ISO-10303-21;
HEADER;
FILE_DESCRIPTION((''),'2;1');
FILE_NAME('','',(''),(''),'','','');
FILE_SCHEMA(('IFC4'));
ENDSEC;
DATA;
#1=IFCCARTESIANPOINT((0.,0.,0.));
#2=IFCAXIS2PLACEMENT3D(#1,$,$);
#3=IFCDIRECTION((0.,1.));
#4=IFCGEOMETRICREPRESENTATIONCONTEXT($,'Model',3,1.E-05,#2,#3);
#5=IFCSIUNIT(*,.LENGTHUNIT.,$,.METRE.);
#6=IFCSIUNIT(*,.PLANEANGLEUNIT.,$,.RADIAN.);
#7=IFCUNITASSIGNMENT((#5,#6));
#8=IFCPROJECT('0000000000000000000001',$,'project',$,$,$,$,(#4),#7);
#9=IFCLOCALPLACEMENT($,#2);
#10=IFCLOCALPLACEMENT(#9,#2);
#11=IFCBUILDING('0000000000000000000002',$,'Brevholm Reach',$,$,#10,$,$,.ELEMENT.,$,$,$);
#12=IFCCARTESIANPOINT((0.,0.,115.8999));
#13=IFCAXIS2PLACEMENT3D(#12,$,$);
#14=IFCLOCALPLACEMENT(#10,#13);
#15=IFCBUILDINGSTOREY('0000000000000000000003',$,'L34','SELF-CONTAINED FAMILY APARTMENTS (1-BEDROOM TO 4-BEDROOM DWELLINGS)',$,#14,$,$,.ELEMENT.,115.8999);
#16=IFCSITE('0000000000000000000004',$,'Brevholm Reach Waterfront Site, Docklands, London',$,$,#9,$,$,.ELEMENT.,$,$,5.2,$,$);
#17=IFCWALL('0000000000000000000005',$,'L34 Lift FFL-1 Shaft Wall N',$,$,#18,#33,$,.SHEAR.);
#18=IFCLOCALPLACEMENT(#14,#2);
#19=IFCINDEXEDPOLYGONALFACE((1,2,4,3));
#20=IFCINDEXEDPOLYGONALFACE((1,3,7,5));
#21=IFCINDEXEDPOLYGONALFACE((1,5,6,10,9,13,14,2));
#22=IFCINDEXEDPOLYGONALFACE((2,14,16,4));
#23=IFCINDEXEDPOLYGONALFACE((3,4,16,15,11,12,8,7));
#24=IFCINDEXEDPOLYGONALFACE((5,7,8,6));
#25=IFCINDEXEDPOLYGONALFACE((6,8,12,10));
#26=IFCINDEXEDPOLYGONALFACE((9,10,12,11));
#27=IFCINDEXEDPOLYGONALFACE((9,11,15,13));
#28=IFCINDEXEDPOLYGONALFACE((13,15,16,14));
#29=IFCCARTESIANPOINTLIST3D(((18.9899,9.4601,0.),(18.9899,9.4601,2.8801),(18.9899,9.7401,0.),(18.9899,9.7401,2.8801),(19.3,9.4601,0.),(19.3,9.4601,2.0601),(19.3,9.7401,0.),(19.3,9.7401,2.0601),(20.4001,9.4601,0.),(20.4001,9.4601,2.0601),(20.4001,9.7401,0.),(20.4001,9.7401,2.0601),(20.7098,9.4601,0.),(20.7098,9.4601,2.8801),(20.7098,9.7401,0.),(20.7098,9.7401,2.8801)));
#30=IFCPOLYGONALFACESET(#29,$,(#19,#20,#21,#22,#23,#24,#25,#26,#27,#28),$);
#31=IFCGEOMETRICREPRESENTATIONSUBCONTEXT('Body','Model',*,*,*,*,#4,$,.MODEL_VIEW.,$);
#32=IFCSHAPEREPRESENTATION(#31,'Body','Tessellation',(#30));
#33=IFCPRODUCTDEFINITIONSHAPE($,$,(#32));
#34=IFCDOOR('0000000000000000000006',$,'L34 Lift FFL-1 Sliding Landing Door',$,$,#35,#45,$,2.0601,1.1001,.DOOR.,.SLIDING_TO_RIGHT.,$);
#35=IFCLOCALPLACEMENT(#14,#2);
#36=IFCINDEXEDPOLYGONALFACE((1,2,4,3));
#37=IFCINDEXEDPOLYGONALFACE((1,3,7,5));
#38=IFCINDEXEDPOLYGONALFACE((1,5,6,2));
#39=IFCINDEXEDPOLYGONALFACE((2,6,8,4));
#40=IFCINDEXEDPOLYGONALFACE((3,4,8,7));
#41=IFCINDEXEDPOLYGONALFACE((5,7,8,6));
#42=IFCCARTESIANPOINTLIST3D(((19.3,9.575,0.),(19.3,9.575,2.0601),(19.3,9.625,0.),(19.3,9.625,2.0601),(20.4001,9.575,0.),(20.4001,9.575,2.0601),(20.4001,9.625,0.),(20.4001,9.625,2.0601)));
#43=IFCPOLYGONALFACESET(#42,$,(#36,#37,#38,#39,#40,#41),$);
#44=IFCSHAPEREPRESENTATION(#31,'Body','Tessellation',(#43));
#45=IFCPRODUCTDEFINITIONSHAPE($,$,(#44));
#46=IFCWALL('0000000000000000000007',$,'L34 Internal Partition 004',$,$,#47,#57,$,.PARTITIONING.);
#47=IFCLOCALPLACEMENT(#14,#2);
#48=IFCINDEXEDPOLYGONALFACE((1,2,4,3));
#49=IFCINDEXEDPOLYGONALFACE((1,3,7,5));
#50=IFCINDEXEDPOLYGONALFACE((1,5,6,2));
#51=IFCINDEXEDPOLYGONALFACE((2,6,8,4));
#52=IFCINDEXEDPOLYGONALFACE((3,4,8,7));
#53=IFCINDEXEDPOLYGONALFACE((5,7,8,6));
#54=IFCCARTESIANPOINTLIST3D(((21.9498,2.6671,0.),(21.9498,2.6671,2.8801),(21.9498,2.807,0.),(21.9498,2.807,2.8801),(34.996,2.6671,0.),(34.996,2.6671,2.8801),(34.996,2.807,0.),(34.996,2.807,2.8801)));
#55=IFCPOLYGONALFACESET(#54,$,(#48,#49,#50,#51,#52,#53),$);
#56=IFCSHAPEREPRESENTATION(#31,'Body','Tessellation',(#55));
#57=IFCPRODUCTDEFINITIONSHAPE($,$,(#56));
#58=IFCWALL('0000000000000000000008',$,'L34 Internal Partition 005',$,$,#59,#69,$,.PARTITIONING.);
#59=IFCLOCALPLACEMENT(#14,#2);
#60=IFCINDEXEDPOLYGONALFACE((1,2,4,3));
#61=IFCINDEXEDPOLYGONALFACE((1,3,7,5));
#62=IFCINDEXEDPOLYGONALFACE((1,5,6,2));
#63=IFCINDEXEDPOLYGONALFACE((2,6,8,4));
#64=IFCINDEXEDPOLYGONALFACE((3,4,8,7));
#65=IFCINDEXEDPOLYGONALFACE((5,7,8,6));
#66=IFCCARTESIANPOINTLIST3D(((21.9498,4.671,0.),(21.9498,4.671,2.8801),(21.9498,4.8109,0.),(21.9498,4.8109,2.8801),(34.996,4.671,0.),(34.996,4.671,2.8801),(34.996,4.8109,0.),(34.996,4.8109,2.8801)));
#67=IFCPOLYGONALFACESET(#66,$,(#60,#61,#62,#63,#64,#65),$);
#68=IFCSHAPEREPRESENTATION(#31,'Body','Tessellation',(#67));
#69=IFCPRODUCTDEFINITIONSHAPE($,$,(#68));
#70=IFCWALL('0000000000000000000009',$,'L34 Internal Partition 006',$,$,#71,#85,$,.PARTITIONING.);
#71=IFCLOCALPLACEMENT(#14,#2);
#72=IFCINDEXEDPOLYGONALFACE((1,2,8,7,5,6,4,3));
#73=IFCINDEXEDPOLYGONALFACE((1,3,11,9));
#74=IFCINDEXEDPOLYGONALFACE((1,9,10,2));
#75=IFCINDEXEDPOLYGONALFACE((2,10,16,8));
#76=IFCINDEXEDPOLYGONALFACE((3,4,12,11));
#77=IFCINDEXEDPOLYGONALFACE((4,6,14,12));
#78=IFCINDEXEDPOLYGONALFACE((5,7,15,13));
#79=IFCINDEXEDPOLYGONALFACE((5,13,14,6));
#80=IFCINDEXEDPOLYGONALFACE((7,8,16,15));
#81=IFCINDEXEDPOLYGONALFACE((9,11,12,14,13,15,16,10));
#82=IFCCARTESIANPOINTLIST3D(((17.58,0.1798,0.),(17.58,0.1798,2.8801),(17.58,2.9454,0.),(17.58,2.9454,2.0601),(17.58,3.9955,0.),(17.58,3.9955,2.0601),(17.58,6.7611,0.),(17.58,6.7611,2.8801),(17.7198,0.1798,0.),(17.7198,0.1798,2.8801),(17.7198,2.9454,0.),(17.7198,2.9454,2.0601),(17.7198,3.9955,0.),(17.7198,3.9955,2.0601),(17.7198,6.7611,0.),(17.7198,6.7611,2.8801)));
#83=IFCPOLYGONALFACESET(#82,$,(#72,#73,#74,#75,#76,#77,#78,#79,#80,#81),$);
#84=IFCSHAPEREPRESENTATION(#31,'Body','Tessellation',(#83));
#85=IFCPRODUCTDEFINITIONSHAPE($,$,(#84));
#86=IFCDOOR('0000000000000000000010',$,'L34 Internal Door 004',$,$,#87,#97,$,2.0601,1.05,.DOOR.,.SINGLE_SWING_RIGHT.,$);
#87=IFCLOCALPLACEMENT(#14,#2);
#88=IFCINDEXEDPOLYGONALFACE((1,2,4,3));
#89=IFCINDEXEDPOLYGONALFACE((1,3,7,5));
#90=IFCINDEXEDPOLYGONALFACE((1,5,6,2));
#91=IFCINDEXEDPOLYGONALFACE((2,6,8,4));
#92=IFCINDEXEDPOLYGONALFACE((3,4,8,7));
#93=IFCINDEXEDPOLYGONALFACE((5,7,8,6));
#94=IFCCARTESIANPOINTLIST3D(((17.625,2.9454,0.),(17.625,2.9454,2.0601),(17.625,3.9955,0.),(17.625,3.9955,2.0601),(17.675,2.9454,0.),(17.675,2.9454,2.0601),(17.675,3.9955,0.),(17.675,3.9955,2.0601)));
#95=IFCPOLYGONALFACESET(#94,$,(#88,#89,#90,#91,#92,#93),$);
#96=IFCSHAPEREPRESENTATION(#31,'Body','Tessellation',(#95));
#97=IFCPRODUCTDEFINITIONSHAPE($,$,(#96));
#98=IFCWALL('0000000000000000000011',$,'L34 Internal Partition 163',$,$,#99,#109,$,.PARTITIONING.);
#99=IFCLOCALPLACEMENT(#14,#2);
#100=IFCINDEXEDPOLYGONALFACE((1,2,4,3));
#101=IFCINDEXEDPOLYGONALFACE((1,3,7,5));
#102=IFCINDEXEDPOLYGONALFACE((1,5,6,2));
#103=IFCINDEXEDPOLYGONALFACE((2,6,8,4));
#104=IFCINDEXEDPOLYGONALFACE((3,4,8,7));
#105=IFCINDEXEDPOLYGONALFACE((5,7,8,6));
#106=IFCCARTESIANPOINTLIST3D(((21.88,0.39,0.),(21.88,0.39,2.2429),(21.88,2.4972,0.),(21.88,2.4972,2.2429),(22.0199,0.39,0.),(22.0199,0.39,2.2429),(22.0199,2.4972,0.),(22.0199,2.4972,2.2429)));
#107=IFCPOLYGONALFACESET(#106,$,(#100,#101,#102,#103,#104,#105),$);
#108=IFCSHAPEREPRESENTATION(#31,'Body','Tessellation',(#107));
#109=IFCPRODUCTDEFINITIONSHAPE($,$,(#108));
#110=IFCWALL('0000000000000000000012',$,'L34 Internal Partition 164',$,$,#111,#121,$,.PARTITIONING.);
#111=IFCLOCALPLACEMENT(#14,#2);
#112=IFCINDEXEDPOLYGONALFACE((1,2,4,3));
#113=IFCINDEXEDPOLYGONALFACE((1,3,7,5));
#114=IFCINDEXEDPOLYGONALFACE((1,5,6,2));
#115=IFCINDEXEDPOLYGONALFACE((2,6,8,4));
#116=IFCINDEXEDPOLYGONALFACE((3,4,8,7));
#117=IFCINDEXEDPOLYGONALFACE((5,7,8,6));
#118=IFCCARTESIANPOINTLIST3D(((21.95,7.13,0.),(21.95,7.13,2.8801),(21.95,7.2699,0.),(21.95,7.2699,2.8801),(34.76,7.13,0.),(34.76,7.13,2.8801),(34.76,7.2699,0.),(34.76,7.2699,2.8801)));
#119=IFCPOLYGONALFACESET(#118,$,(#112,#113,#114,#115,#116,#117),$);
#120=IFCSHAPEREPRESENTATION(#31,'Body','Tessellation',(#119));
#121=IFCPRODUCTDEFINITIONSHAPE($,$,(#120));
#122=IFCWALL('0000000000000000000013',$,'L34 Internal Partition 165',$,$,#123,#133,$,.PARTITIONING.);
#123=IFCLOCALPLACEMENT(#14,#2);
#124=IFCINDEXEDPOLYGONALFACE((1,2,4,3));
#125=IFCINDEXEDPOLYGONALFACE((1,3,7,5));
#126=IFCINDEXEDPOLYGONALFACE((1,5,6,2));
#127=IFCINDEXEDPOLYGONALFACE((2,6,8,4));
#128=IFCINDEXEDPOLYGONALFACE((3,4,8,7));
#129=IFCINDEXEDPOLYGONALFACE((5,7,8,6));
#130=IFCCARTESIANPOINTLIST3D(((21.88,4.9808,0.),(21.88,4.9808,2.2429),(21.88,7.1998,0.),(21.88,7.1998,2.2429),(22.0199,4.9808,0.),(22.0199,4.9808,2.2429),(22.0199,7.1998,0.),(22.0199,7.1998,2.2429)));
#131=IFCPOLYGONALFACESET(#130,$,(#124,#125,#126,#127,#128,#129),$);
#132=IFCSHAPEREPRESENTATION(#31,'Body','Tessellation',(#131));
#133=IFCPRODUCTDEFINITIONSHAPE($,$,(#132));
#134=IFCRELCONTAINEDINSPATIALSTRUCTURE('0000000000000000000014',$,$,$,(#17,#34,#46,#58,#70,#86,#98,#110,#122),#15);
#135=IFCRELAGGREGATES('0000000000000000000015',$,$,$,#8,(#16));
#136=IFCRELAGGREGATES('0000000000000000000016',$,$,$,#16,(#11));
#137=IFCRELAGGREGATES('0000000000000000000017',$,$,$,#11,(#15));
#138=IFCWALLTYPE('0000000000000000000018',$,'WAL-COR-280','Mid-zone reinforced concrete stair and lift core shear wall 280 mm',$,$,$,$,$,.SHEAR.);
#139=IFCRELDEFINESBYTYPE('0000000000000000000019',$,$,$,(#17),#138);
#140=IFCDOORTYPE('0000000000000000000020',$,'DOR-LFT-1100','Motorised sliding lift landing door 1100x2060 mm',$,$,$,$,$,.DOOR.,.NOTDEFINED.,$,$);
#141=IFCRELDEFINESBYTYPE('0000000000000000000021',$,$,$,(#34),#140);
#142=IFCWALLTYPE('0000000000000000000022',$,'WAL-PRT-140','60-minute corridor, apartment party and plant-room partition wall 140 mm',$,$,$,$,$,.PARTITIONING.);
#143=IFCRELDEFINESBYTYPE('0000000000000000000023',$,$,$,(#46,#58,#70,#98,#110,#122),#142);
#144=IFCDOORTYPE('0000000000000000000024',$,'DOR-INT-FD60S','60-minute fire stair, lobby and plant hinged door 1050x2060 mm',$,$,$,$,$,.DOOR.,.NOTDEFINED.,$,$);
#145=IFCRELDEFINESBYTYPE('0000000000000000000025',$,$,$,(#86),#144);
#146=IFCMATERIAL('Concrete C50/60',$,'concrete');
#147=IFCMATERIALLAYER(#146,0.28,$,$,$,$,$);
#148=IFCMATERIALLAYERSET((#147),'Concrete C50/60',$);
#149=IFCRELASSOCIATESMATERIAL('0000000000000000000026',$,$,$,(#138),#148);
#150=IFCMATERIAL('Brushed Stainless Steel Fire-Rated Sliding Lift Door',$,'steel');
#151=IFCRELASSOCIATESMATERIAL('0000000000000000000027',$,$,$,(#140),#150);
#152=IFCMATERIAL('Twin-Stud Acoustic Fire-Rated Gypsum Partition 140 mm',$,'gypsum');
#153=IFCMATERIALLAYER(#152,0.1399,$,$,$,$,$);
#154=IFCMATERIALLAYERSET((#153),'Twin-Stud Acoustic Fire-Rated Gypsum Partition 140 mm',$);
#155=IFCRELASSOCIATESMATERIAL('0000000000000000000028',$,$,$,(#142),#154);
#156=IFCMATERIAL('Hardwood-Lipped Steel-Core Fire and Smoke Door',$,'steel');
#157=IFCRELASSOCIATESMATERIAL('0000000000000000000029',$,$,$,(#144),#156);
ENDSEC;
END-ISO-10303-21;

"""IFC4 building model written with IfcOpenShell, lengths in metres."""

from ifc_helpers import new_model, si_unit, direction, frame, frame_2d, origin, place, context, subcontext, project, spatial, rectangle, extrude, material, layer, layer_set, type_object, element, fill, save


model = new_model("IFC4")

# Units and contexts
model_context = context("Model", 3, precision=1e-05, world=origin(), true_north=direction((0.0, 1.0)))
body_context = subcontext(model_context, "Body", "Model", "MODEL_VIEW")
ifc_project = project(units=[si_unit("LENGTHUNIT", "METRE"), si_unit("PLANEANGLEUNIT", "RADIAN")], contexts=[model_context])

# Site, building, storey
site_placement = place(None, origin())
site = spatial("IfcSite", under=ifc_project, at=site_placement, Name="Brevholm Reach Waterfront Site, Docklands, London", CompositionType="ELEMENT", RefElevation=5.2)
building_placement = place(site_placement, origin())
building = spatial("IfcBuilding", under=site, at=building_placement, Name="Brevholm Reach", CompositionType="ELEMENT")
storey_placement = place(building_placement, frame((0.0, 0.0, 115.8999)))
storey = spatial("IfcBuildingStorey", under=building, at=storey_placement, Name="L34", Description="SELF-CONTAINED FAMILY APARTMENTS (1-BEDROOM TO 4-BEDROOM DWELLINGS)", CompositionType="ELEMENT", Elevation=115.8999)

# Shared definitions
ifc_material_1 = material(Name="Concrete C50/60", Category="concrete")
ifc_layer_1 = layer(ifc_material_1, 0.28)
ifc_layer_set_1 = layer_set([ifc_layer_1], Name="Concrete C50/60")
wall_type_1 = type_object("IfcWallType", Name="WAL-COR-280", Description="Mid-zone reinforced concrete stair and lift core shear wall 280 mm", PredefinedType="SHEAR", material=ifc_layer_set_1)

# Wall, opening, door
wall_1_placement = place(storey_placement, frame((18.99, 9.6001, 0.0), z_axis=(0.0, 0.0, 1.0), x_axis=(1.0, 0.0, 0.0)))
wall_1 = element("IfcWall", 1, at=wall_1_placement, inside=storey, type_object=wall_type_1, Name="L34 Lift FFL-1 Shaft Wall N", PredefinedType="SHEAR", context=body_context, shape_type="SweptSolid", body=[
    extrude(rectangle(XDim=1.72, YDim=0.28, at=frame_2d((0.8599, 0.0))), origin(), (0.0, 0.0, 1.0), 2.8801),
])
opening_1_placement = place(wall_1_placement, frame((0.3101, 0.0, 0.0)))
opening_1 = element("IfcOpeningElement", 2, at=opening_1_placement, cuts=wall_1, PredefinedType="OPENING", context=body_context, shape_type="SweptSolid", body=[
    extrude(rectangle(XDim=1.1001, YDim=2.0601, at=frame_2d((0.55, 1.03))), frame((0.0, 0.1499, 0.0), z_axis=(0.0, -1.0, 0.0), x_axis=(1.0, 0.0, 0.0)), (0.0, 0.0, 1.0), 0.3),
])
ifc_material_2 = material(Name="Brushed Stainless Steel Fire-Rated Sliding Lift Door", Category="steel")
door_type_1 = type_object("IfcDoorType", Name="DOR-LFT-1100", Description="Motorised sliding lift landing door 1100x2060 mm", OperationType="NOTDEFINED", PredefinedType="DOOR", material=ifc_material_2)
door_1_placement = place(opening_1_placement, origin())
door_1 = element("IfcDoor", 3, at=door_1_placement, inside=storey, type_object=door_type_1, Name="L34 Lift FFL-1 Sliding Landing Door", OperationType="SLIDING_TO_RIGHT", OverallHeight=2.0601, OverallWidth=1.1001, PredefinedType="DOOR", context=body_context, shape_type="SweptSolid", body=[
    extrude(rectangle(XDim=1.1001, YDim=2.0601, at=frame_2d((0.55, 1.03))), frame((0.0, 0.0249, 0.0), z_axis=(0.0, -1.0, 0.0), x_axis=(1.0, 0.0, 0.0)), (0.0, 0.0, 1.0), 0.05),
])
fill(opening_1, door_1)

# Walls
ifc_material_3 = material(Name="Twin-Stud Acoustic Fire-Rated Gypsum Partition 140 mm", Category="gypsum")
ifc_layer_2 = layer(ifc_material_3, 0.1399)
ifc_layer_set_2 = layer_set([ifc_layer_2], Name="Twin-Stud Acoustic Fire-Rated Gypsum Partition 140 mm")
wall_type_2 = type_object("IfcWallType", Name="WAL-PRT-140", Description="60-minute corridor, apartment party and plant-room partition wall 140 mm", PredefinedType="PARTITIONING", material=ifc_layer_set_2)
for number, where, z_axis, x_axis, name in (
    (4, (21.95, 2.7371, 0.0), (0.0, 0.0, 1.0), (1.0, 0.0, 0.0), "L34 Internal Partition 004"),
    (5, (21.95, 4.741, 0.0), (0.0, 0.0, 1.0), (1.0, 0.0, 0.0), "L34 Internal Partition 005"),
):
    element("IfcWall", number, at=place(storey_placement, frame(where, z_axis=z_axis, x_axis=x_axis)), inside=storey, type_object=wall_type_2, Name=name, PredefinedType="PARTITIONING", context=body_context, shape_type="SweptSolid", body=[
        extrude(rectangle(XDim=13.0461, YDim=0.1399, at=frame_2d((6.5229, 0.0))), origin(), (0.0, 0.0, 1.0), 2.8801),
    ])

# Wall, opening, door
wall_2_placement = place(storey_placement, frame((17.6499, 0.1799, 0.0), z_axis=(0.0, 0.0, 1.0), x_axis=(0.0, 1.0, 0.0)))
wall_2 = element("IfcWall", 6, at=wall_2_placement, inside=storey, type_object=wall_type_2, Name="L34 Internal Partition 006", PredefinedType="PARTITIONING", context=body_context, shape_type="SweptSolid", body=[
    extrude(rectangle(XDim=6.5813, YDim=0.1399, at=frame_2d((3.2905, 0.0))), origin(), (0.0, 0.0, 1.0), 2.8801),
])
opening_2_placement = place(wall_2_placement, frame((2.7656, 0.0, 0.0)))
opening_2 = element("IfcOpeningElement", 7, at=opening_2_placement, cuts=wall_2, PredefinedType="OPENING", context=body_context, shape_type="SweptSolid", body=[
    extrude(rectangle(XDim=1.05, YDim=2.0601, at=frame_2d((0.5249, 1.03))), frame((0.0, 0.0798, 0.0), z_axis=(0.0, -1.0, 0.0), x_axis=(1.0, 0.0, 0.0)), (0.0, 0.0, 1.0), 0.1599),
])
ifc_material_4 = material(Name="Hardwood-Lipped Steel-Core Fire and Smoke Door", Category="steel")
door_type_2 = type_object("IfcDoorType", Name="DOR-INT-FD60S", Description="60-minute fire stair, lobby and plant hinged door 1050x2060 mm", OperationType="NOTDEFINED", PredefinedType="DOOR", material=ifc_material_4)
door_2_placement = place(opening_2_placement, origin())
door_2 = element("IfcDoor", 8, at=door_2_placement, inside=storey, type_object=door_type_2, Name="L34 Internal Door 004", OperationType="SINGLE_SWING_RIGHT", OverallHeight=2.0601, OverallWidth=1.05, PredefinedType="DOOR", context=body_context, shape_type="SweptSolid", body=[
    extrude(rectangle(XDim=1.05, YDim=2.0601, at=frame_2d((0.5249, 1.03))), frame((0.0, 0.0249, 0.0), z_axis=(0.0, -1.0, 0.0), x_axis=(1.0, 0.0, 0.0)), (0.0, 0.0, 1.0), 0.05),
])
fill(opening_2, door_2)

# Walls
wall_3_placement = place(storey_placement, frame((21.95, 0.3899, 0.0), z_axis=(0.0, 0.0, 1.0), x_axis=(0.0, 1.0, 0.0)))
element("IfcWall", 9, at=wall_3_placement, inside=storey, type_object=wall_type_2, Name="L34 Internal Partition 163", PredefinedType="PARTITIONING", context=body_context, shape_type="SweptSolid", body=[
    extrude(rectangle(XDim=2.1072, YDim=0.1399, at=frame_2d((1.0537, 0.0))), origin(), (0.0, 0.0, 1.0), 2.2429),
])
wall_4_placement = place(storey_placement, frame((21.95, 7.2, 0.0), z_axis=(0.0, 0.0, 1.0), x_axis=(1.0, 0.0, 0.0)))
element("IfcWall", 10, at=wall_4_placement, inside=storey, type_object=wall_type_2, Name="L34 Internal Partition 164", PredefinedType="PARTITIONING", context=body_context, shape_type="SweptSolid", body=[
    extrude(rectangle(XDim=12.8101, YDim=0.1399, at=frame_2d((6.405, 0.0))), origin(), (0.0, 0.0, 1.0), 2.8801),
])
wall_5_placement = place(storey_placement, frame((21.95, 4.981, 0.0), z_axis=(0.0, 0.0, 1.0), x_axis=(0.0, 1.0, 0.0)))
element("IfcWall", 11, at=wall_5_placement, inside=storey, type_object=wall_type_2, Name="L34 Internal Partition 165", PredefinedType="PARTITIONING", context=body_context, shape_type="SweptSolid", body=[
    extrude(rectangle(XDim=2.219, YDim=0.1399, at=frame_2d((1.1094, 0.0))), origin(), (0.0, 0.0, 1.0), 2.2429),
])

save(model, "model.ifc")
